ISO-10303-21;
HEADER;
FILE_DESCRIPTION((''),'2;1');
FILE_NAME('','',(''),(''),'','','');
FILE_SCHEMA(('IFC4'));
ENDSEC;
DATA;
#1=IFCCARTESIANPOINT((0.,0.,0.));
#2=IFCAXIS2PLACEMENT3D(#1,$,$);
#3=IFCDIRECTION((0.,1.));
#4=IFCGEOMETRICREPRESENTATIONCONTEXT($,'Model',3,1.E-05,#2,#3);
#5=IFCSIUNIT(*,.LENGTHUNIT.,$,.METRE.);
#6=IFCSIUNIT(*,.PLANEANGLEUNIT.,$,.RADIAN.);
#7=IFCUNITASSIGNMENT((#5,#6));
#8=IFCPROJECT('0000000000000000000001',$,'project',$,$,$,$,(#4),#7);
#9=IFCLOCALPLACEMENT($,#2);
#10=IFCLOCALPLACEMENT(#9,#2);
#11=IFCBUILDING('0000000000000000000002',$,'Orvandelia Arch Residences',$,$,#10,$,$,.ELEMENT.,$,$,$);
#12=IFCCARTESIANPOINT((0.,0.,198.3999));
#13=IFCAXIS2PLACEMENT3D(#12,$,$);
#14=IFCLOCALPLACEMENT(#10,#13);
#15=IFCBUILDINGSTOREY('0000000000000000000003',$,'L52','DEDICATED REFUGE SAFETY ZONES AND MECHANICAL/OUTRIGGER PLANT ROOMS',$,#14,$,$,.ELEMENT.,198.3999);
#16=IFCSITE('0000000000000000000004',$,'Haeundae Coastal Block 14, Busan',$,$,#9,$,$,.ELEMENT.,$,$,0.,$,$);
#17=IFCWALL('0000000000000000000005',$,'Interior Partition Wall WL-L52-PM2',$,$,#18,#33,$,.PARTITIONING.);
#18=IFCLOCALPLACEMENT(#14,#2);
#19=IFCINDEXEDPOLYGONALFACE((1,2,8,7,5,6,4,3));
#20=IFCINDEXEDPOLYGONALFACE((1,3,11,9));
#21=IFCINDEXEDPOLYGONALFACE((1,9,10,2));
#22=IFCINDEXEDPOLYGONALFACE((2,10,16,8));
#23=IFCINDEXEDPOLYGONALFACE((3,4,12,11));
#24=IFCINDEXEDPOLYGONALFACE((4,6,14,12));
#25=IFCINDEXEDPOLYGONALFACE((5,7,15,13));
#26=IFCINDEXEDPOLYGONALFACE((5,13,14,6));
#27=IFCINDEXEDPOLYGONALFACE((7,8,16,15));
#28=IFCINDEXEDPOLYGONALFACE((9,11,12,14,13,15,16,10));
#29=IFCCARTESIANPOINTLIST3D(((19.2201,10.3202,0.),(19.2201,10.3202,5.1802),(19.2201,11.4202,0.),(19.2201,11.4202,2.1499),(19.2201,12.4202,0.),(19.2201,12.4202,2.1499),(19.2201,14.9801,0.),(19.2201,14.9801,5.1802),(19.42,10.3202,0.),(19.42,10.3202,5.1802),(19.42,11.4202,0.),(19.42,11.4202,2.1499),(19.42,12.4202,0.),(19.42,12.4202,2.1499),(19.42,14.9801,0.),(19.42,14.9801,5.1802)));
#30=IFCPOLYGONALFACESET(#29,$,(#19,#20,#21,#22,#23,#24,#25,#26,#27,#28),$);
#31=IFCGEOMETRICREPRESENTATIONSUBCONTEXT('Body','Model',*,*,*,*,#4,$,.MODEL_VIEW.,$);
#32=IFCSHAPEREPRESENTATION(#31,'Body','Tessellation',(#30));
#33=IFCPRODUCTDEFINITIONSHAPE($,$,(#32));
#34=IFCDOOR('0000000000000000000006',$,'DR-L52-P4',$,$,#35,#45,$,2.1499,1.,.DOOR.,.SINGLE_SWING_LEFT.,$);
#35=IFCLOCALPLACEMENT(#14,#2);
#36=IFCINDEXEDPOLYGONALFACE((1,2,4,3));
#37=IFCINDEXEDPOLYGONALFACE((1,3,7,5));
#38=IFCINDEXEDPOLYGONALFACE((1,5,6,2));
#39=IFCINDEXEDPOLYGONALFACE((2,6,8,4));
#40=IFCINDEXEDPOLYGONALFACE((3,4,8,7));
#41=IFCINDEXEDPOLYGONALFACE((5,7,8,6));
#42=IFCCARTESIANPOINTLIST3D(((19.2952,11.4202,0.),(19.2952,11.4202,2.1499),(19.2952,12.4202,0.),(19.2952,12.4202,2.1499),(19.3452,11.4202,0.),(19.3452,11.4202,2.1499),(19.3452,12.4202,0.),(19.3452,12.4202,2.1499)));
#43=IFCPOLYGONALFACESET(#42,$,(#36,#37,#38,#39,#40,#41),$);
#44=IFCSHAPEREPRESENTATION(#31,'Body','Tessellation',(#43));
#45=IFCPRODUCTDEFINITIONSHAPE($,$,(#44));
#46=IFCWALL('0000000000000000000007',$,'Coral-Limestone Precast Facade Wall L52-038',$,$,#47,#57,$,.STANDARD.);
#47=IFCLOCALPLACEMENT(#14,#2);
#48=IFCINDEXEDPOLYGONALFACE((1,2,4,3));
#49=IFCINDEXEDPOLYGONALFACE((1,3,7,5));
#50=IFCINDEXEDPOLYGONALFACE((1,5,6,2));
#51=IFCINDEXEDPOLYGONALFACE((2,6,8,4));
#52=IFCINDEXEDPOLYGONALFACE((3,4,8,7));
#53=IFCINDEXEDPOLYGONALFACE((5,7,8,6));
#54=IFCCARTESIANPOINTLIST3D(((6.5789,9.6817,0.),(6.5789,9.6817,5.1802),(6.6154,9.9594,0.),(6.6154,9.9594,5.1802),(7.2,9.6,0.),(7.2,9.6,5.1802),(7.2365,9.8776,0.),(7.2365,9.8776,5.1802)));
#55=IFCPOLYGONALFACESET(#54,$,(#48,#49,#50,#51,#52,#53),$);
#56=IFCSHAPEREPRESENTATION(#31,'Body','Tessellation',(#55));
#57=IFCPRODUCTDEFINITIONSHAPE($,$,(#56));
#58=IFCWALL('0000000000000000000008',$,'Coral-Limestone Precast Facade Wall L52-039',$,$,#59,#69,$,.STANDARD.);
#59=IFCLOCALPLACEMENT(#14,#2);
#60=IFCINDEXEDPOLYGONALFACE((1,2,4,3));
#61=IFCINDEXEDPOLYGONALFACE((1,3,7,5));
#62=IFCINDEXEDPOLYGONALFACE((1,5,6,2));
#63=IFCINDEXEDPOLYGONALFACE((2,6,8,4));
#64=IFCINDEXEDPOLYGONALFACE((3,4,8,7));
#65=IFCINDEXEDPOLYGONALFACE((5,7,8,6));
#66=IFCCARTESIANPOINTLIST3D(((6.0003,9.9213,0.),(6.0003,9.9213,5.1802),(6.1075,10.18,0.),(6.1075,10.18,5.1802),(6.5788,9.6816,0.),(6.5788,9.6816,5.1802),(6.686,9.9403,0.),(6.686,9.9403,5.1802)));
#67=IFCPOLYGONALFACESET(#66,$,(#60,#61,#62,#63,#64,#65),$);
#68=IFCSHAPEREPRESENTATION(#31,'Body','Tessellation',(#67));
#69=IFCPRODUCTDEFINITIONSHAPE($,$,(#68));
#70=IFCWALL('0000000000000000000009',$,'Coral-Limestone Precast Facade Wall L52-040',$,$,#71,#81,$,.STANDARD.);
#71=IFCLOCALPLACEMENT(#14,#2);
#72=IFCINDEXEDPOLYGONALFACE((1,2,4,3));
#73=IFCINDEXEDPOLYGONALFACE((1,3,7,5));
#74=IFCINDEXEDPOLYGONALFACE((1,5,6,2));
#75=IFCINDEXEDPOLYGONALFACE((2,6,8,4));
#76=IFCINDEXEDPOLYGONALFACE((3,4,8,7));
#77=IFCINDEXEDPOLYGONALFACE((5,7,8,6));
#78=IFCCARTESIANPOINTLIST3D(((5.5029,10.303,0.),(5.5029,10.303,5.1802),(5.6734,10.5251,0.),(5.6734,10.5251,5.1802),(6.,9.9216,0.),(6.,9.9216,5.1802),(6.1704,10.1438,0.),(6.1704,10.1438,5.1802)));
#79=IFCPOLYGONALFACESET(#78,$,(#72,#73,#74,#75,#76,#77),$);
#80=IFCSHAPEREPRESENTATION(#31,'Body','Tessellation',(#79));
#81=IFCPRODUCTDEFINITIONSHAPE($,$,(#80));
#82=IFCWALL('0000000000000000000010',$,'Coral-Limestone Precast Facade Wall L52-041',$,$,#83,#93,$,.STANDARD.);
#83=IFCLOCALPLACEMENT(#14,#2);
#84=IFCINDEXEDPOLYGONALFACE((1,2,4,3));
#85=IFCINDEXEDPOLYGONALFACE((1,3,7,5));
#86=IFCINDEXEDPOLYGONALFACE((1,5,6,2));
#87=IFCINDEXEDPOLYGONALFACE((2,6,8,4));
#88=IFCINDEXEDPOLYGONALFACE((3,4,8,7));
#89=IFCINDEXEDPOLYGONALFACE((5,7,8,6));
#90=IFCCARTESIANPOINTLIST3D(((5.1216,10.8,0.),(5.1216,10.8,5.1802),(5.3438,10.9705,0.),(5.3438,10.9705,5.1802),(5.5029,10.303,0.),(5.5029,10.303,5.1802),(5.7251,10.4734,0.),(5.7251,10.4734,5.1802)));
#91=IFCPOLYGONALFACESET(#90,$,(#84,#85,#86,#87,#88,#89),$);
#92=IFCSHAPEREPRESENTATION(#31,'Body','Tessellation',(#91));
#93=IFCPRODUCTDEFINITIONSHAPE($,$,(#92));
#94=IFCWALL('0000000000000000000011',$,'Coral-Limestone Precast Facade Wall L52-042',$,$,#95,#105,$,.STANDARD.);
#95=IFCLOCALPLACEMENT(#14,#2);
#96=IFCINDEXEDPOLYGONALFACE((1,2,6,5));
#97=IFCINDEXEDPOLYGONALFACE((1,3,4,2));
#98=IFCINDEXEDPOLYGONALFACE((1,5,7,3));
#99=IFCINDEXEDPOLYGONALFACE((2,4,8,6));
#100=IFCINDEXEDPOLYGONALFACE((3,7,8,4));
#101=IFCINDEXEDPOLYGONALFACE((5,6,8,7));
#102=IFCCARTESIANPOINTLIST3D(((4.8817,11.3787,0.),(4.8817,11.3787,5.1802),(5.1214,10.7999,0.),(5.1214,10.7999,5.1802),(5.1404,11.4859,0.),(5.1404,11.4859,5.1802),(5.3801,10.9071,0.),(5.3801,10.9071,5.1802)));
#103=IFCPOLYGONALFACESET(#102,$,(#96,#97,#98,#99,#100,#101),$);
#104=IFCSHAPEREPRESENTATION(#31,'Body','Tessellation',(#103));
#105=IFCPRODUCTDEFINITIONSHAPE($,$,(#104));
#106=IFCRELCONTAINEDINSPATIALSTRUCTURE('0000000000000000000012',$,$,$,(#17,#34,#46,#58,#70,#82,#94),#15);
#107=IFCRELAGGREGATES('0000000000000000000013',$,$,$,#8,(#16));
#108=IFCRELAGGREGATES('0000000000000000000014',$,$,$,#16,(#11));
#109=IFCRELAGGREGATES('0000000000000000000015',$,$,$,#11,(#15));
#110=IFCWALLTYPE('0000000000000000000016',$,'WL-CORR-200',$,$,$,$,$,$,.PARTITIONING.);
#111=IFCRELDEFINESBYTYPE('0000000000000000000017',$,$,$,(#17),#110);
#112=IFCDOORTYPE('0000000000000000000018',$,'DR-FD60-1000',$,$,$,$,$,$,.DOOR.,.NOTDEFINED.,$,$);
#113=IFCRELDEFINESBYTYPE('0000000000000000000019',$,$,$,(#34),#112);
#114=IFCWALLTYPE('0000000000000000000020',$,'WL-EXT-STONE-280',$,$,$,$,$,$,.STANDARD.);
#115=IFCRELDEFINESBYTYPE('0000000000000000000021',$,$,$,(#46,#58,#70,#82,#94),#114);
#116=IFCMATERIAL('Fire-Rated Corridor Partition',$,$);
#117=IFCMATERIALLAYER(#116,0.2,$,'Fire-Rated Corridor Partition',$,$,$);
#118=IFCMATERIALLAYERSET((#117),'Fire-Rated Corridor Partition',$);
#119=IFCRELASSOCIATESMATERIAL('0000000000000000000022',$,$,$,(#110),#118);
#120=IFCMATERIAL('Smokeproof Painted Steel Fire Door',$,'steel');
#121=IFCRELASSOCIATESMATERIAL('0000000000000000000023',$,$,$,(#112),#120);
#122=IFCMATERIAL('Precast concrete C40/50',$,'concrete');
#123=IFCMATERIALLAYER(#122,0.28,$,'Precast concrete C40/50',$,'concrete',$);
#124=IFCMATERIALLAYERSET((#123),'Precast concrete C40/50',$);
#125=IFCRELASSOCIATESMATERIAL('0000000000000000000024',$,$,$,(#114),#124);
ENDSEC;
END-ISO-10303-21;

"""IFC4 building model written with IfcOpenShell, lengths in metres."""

from ifc_helpers import new_model, si_unit, direction, frame, frame_2d, origin, place, context, subcontext, project, spatial, rectangle, extrude, material, layer, layer_set, type_object, element, fill, save


model = new_model("IFC4")

# Units and contexts
model_context = context("Model", 3, precision=1e-05, world=origin(), true_north=direction((0.0, 1.0)))
body_context = subcontext(model_context, "Body", "Model", "MODEL_VIEW")
ifc_project = project(units=[si_unit("LENGTHUNIT", "METRE"), si_unit("PLANEANGLEUNIT", "RADIAN")], contexts=[model_context])

# Site, building, storey
site_placement = place(None, origin())
site = spatial("IfcSite", under=ifc_project, at=site_placement, Name="Haeundae Coastal Block 14, Busan", CompositionType="ELEMENT", RefElevation=0.0)
building_placement = place(site_placement, origin())
building = spatial("IfcBuilding", under=site, at=building_placement, Name="Orvandelia Arch Residences", CompositionType="ELEMENT")
storey_placement = place(building_placement, frame((0.0, 0.0, 198.3999)))
storey = spatial("IfcBuildingStorey", under=building, at=storey_placement, Name="L52", Description="DEDICATED REFUGE SAFETY ZONES AND MECHANICAL/OUTRIGGER PLANT ROOMS", CompositionType="ELEMENT", Elevation=198.3999)

# Shared definitions
ifc_material_1 = material(Name="Fire-Rated Corridor Partition")
ifc_layer_1 = layer(ifc_material_1, 0.2, Name="Fire-Rated Corridor Partition")
ifc_layer_set_1 = layer_set([ifc_layer_1], Name="Fire-Rated Corridor Partition")
wall_type_1 = type_object("IfcWallType", Name="WL-CORR-200", PredefinedType="PARTITIONING", material=ifc_layer_set_1)
ifc_material_2 = material(Name="Smokeproof Painted Steel Fire Door", Category="steel")
door_type = type_object("IfcDoorType", Name="DR-FD60-1000", OperationType="NOTDEFINED", PredefinedType="DOOR", material=ifc_material_2)

# Wall, opening, door
wall_1_placement = place(storey_placement, frame((19.3201, 10.3201, 0.0), z_axis=(0.0, 0.0, 1.0), x_axis=(0.0, 1.0, 0.0)))
wall_1 = element("IfcWall", 1, at=wall_1_placement, inside=storey, type_object=wall_type_1, Name="Interior Partition Wall WL-L52-PM2", PredefinedType="PARTITIONING", context=body_context, shape_type="SweptSolid", body=[
    extrude(rectangle(XDim=4.6599, YDim=0.2, at=frame_2d((2.3301, 0.0))), origin(), (0.0, 0.0, 1.0), 5.1802),
])
opening_1_placement = place(wall_1_placement, frame((1.1001, 0.0, 0.0)))
opening_1 = element("IfcOpeningElement", 2, at=opening_1_placement, cuts=wall_1, PredefinedType="OPENING", context=body_context, shape_type="SweptSolid", body=[
    extrude(rectangle(XDim=1.0, YDim=2.1499, at=frame_2d((0.5, 1.075))), frame((0.0, 0.1099, 0.0), z_axis=(0.0, -1.0, 0.0), x_axis=(1.0, 0.0, 0.0)), (0.0, 0.0, 1.0), 0.22),
])
door_1_placement = place(opening_1_placement, origin())
door_1 = element("IfcDoor", 3, at=door_1_placement, inside=storey, type_object=door_type, Name="DR-L52-P4", OperationType="SINGLE_SWING_LEFT", OverallHeight=2.1499, OverallWidth=1.0, PredefinedType="DOOR", context=body_context, shape_type="SweptSolid", body=[
    extrude(rectangle(XDim=1.0, YDim=2.1499, at=frame_2d((0.5, 1.075))), frame((0.0, 0.0249, 0.0), z_axis=(0.0, -1.0, 0.0), x_axis=(1.0, 0.0, 0.0)), (0.0, 0.0, 1.0), 0.05),
])
fill(opening_1, door_1)

# Walls
ifc_material_3 = material(Name="Precast concrete C40/50", Category="concrete")
ifc_layer_2 = layer(ifc_material_3, 0.28, Name="Precast concrete C40/50", Category="concrete")
ifc_layer_set_2 = layer_set([ifc_layer_2], Name="Precast concrete C40/50")
wall_type_2 = type_object("IfcWallType", Name="WL-EXT-STONE-280", PredefinedType="STANDARD", material=ifc_layer_set_2)
wall_2_placement = place(storey_placement, frame((7.2183, 9.7388, 0.0), z_axis=(0.0, 0.0, 1.0), x_axis=(-0.991441, 0.130555, 0.0)))
element("IfcWall", 4, at=wall_2_placement, inside=storey, type_object=wall_type_2, Name="Coral-Limestone Precast Facade Wall L52-038", PredefinedType="STANDARD", context=body_context, shape_type="SweptSolid", body=[
    extrude(rectangle(XDim=0.6265, YDim=0.28, at=frame_2d((0.3132, 0.0))), origin(), (0.0, 0.0, 1.0), 5.1802),
])
wall_3_placement = place(storey_placement, frame((6.6323, 9.811, 0.0), z_axis=(0.0, 0.0, 1.0), x_axis=(-0.923836, 0.382788, 0.0)))
element("IfcWall", 5, at=wall_3_placement, inside=storey, type_object=wall_type_2, Name="Coral-Limestone Precast Facade Wall L52-039", PredefinedType="STANDARD", context=body_context, shape_type="SweptSolid", body=[
    extrude(rectangle(XDim=0.6262, YDim=0.28, at=frame_2d((0.313, 0.0))), origin(), (0.0, 0.0, 1.0), 5.1802),
])
for number, where, z_axis, x_axis, name in (
    (6, (6.0852, 10.0327, 0.0), (0.0, 0.0, 1.0), (-0.793406, 0.608693, 0.0), "Coral-Limestone Precast Facade Wall L52-040"),
    (7, (5.614, 10.3882, 0.0), (0.0, 0.0, 1.0), (-0.608693, 0.793406, 0.0), "Coral-Limestone Precast Facade Wall L52-041"),
    (8, (5.2507, 10.8535, 0.0), (0.0, 0.0, 1.0), (-0.38265, 0.923893, 0.0), "Coral-Limestone Precast Facade Wall L52-042"),
):
    element("IfcWall", number, at=place(storey_placement, frame(where, z_axis=z_axis, x_axis=x_axis)), inside=storey, type_object=wall_type_2, Name=name, PredefinedType="STANDARD", context=body_context, shape_type="SweptSolid", body=[
        extrude(rectangle(XDim=0.6265, YDim=0.28, at=frame_2d((0.3132, 0.0))), origin(), (0.0, 0.0, 1.0), 5.1802),
    ])

save(model, "model.ifc")
